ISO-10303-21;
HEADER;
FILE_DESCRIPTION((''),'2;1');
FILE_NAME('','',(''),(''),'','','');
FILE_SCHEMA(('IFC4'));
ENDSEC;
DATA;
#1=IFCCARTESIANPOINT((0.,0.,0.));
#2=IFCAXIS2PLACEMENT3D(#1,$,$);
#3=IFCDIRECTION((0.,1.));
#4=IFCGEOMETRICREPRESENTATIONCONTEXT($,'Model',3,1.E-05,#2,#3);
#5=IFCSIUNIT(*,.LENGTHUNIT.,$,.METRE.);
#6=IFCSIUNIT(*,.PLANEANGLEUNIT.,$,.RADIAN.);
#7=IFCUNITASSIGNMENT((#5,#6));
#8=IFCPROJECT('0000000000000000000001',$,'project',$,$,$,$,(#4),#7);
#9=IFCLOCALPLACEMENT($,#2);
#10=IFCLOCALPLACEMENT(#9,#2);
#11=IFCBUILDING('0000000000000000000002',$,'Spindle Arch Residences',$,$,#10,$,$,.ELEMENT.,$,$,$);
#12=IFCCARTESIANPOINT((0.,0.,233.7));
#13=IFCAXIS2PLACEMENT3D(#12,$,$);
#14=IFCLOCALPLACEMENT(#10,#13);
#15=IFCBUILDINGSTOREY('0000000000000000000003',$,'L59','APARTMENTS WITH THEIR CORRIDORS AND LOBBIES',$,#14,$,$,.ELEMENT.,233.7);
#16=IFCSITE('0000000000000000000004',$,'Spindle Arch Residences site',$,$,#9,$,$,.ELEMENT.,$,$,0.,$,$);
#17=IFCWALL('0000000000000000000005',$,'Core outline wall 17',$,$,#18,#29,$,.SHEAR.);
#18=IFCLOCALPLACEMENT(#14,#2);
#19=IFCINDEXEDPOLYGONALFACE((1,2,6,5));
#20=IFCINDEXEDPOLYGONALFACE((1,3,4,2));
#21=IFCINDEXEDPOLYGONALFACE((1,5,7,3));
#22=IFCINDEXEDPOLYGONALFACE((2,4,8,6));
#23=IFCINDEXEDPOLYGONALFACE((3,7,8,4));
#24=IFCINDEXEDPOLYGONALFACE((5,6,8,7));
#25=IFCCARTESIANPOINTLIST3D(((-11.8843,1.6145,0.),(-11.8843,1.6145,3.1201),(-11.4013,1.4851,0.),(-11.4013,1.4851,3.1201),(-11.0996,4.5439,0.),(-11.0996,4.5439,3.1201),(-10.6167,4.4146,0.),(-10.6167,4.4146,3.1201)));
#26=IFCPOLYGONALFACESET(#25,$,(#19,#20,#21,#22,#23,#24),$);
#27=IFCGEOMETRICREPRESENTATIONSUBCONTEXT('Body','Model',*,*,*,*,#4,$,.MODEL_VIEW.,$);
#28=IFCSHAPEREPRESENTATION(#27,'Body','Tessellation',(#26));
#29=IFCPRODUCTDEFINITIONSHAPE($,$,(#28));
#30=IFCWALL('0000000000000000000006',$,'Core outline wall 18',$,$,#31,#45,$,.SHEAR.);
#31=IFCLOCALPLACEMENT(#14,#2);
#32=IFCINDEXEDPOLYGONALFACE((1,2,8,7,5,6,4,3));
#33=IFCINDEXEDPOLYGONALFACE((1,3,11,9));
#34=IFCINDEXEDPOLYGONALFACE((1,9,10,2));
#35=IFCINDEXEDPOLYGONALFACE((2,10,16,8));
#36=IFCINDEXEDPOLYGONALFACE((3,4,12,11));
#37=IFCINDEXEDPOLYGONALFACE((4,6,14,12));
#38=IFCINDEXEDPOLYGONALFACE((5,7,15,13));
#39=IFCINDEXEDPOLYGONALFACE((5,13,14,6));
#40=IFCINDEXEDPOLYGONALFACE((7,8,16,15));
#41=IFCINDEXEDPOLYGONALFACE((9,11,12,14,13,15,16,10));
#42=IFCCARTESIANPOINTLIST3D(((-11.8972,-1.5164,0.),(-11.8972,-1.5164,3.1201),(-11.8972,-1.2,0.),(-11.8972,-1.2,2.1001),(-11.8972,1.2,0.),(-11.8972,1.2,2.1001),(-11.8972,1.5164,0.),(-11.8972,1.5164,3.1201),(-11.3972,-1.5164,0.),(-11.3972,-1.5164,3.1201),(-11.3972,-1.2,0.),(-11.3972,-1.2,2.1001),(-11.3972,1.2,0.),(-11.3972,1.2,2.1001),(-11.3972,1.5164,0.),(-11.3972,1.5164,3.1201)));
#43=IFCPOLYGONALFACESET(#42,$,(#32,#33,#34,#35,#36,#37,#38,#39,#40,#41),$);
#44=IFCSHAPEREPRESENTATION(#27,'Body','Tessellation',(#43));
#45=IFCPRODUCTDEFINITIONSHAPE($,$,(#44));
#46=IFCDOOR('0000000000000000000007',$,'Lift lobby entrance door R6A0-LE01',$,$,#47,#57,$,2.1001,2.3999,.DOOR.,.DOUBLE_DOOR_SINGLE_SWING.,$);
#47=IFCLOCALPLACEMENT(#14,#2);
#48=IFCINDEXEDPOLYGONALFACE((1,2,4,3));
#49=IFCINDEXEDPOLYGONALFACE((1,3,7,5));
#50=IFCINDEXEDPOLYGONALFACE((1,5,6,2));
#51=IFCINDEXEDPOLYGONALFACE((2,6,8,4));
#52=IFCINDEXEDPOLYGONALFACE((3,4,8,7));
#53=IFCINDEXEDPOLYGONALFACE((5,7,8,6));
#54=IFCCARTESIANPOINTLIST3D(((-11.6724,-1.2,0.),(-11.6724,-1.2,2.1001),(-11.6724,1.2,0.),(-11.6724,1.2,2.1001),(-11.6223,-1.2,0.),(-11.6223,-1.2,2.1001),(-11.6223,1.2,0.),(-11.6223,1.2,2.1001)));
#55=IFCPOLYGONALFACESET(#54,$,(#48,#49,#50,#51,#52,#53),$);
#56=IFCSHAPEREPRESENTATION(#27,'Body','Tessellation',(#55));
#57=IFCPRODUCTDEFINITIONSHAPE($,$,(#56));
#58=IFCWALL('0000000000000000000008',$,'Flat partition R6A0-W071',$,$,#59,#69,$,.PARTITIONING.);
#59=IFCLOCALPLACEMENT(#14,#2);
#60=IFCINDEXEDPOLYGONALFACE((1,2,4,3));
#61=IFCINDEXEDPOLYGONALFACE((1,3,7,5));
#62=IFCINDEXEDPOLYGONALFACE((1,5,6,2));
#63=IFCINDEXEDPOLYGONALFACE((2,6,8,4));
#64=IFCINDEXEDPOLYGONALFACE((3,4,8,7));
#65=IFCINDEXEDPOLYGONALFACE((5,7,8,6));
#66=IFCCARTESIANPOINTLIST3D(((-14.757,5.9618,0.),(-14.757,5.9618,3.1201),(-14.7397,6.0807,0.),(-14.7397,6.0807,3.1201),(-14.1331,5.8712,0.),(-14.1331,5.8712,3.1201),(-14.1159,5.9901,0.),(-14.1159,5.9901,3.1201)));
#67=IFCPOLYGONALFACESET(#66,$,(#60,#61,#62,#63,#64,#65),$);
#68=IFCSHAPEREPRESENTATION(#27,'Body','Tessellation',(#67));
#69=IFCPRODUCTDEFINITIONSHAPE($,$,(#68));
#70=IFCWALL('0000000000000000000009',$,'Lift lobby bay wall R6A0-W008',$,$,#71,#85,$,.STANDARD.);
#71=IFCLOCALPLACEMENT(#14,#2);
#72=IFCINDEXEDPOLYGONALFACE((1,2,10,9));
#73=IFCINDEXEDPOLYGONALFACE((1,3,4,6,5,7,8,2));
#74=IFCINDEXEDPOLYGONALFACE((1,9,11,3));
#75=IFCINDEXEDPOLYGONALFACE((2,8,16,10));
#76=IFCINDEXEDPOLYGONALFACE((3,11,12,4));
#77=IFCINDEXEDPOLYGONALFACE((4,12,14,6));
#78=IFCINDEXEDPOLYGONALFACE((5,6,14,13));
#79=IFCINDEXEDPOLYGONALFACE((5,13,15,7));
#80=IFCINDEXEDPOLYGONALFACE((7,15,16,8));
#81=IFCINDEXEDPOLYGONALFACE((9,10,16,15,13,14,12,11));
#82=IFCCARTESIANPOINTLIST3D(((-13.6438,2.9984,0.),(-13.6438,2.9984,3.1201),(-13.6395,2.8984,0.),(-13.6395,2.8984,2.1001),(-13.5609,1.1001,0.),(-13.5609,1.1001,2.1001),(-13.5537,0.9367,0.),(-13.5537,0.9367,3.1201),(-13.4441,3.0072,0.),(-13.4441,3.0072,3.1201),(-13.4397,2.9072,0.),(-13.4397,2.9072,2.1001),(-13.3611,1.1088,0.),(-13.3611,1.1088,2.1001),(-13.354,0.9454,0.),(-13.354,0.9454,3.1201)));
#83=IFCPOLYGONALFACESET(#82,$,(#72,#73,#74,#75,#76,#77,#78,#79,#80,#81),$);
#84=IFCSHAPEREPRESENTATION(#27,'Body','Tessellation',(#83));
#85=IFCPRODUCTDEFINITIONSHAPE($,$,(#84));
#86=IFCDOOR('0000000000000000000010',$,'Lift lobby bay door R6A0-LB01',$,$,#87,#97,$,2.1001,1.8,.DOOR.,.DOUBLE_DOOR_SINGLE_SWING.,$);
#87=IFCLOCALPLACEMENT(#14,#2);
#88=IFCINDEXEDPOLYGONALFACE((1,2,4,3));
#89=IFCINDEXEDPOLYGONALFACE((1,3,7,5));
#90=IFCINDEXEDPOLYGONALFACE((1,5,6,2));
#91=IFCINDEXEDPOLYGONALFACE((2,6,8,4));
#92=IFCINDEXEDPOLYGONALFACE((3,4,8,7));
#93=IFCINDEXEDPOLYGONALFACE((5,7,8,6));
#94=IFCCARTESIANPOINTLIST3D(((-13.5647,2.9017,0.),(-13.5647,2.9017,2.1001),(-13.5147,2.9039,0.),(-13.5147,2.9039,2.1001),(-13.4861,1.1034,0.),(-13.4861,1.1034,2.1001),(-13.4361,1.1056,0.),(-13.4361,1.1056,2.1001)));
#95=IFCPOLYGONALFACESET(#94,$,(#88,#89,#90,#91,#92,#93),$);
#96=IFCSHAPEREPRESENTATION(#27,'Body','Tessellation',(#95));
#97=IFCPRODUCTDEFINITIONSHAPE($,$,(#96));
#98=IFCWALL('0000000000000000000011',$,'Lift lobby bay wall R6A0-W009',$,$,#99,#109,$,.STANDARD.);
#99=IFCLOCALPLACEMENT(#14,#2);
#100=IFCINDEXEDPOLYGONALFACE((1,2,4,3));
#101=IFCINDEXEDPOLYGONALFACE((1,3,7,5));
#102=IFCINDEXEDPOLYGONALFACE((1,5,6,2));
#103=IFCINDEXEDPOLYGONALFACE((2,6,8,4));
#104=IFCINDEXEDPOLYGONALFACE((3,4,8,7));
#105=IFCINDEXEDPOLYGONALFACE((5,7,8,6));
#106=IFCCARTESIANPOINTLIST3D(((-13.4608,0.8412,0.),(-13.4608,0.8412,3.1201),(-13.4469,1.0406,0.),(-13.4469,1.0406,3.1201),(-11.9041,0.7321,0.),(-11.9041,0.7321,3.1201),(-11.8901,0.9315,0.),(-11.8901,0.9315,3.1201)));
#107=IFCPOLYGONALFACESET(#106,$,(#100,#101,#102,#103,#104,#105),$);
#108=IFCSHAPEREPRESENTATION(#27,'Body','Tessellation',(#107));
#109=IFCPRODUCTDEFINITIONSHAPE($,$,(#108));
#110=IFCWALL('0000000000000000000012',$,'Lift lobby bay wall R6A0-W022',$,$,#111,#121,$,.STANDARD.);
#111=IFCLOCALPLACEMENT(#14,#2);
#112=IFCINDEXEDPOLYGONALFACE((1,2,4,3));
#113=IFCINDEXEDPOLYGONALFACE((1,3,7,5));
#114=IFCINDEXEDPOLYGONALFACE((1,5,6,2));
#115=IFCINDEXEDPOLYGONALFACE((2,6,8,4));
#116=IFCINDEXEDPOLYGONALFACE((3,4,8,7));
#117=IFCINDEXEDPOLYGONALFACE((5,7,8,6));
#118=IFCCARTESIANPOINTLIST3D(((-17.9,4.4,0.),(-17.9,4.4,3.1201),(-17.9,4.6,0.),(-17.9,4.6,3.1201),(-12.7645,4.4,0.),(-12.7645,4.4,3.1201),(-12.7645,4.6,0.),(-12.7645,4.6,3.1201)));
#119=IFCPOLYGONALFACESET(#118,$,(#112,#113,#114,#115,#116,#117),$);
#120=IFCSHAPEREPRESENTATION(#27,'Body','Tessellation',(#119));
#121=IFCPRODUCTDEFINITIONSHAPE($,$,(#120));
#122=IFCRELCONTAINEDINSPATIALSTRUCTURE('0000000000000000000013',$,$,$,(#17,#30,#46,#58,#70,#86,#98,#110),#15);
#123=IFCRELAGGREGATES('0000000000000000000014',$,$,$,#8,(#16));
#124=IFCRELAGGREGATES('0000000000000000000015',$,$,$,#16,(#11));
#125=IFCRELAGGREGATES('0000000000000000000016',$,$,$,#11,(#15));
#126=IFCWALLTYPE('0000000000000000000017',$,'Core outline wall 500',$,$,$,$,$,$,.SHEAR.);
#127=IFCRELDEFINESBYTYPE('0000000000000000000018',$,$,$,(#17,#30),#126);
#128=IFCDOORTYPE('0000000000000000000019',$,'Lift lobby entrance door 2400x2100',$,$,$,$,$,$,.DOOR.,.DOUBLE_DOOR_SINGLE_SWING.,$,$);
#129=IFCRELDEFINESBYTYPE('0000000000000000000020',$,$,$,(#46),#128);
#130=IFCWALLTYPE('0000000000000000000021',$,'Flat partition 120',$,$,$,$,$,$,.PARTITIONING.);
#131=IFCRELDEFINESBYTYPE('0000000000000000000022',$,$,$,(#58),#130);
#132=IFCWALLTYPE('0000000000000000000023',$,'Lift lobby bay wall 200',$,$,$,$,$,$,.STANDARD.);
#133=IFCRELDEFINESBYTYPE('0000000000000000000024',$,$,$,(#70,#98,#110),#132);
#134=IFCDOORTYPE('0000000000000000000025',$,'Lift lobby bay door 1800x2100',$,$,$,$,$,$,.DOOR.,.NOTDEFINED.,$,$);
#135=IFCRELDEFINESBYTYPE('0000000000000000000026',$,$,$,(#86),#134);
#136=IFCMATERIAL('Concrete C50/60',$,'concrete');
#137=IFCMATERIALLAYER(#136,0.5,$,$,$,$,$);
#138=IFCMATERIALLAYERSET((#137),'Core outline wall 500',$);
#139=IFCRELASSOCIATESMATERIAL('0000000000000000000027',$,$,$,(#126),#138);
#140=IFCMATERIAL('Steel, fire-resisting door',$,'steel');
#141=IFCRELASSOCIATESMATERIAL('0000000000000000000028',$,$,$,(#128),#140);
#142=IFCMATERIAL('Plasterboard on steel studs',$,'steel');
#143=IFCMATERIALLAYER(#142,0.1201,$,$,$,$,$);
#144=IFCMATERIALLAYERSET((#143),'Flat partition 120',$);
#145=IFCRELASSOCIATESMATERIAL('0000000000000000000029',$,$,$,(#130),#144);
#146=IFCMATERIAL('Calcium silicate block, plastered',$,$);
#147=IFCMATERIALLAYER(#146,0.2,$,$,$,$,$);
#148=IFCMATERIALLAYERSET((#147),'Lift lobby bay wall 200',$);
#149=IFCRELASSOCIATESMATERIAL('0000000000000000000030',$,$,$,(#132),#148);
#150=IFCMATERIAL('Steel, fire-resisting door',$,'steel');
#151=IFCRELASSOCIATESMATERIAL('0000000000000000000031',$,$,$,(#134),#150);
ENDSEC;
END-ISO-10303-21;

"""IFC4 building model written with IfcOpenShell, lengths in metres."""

from ifc_helpers import new_model, si_unit, direction, frame, frame_2d, origin, place, context, subcontext, project, spatial, rectangle, extrude, material, layer, layer_set, type_object, element, fill, save


model = new_model("IFC4")

# Units and contexts
model_context = context("Model", 3, precision=1e-05, world=origin(), true_north=direction((0.0, 1.0)))
body_context = subcontext(model_context, "Body", "Model", "MODEL_VIEW")
ifc_project = project(units=[si_unit("LENGTHUNIT", "METRE"), si_unit("PLANEANGLEUNIT", "RADIAN")], contexts=[model_context])

# Site, building, storey
site_placement = place(None, origin())
site = spatial("IfcSite", under=ifc_project, at=site_placement, Name="Spindle Arch Residences site", CompositionType="ELEMENT", RefElevation=0.0)
building_placement = place(site_placement, origin())
building = spatial("IfcBuilding", under=site, at=building_placement, Name="Spindle Arch Residences", CompositionType="ELEMENT")
storey_placement = place(building_placement, frame((0.0, 0.0, 233.7)))
storey = spatial("IfcBuildingStorey", under=building, at=storey_placement, Name="L59", Description="APARTMENTS WITH THEIR CORRIDORS AND LOBBIES", CompositionType="ELEMENT", Elevation=233.7)

# Wall
ifc_material_1 = material(Name="Concrete C50/60", Category="concrete")
ifc_layer_1 = layer(ifc_material_1, 0.5)
ifc_layer_set_1 = layer_set([ifc_layer_1], Name="Core outline wall 500")
wall_type_1 = type_object("IfcWallType", Name="Core outline wall 500", PredefinedType="SHEAR", material=ifc_layer_set_1)
wall_1_placement = place(storey_placement, frame((-10.8582, 4.4792, 0.0), z_axis=(0.0, 0.0, 1.0), x_axis=(-0.258735, -0.965948, 0.0)))
element("IfcWall", 1, at=wall_1_placement, inside=storey, type_object=wall_type_1, Name="Core outline wall 17", PredefinedType="SHEAR", context=body_context, shape_type="SweptSolid", body=[
    extrude(rectangle(XDim=3.0327, YDim=0.5, at=frame_2d((1.5164, 0.0))), origin(), (0.0, 0.0, 1.0), 3.1201),
])

# Wall, opening, door
wall_2_placement = place(storey_placement, frame((-11.6472, 1.5164, 0.0), z_axis=(0.0, 0.0, 1.0), x_axis=(0.0, -1.0, 0.0)))
wall_2 = element("IfcWall", 2, at=wall_2_placement, inside=storey, type_object=wall_type_1, Name="Core outline wall 18", PredefinedType="SHEAR", context=body_context, shape_type="SweptSolid", body=[
    extrude(rectangle(XDim=3.0327, YDim=0.5, at=frame_2d((1.5164, 0.0))), origin(), (0.0, 0.0, 1.0), 3.1201),
])
opening_1_placement = place(wall_2_placement, frame((0.3164, 0.0, 0.0)))
opening_1 = element("IfcOpeningElement", 3, at=opening_1_placement, cuts=wall_2, PredefinedType="OPENING", context=body_context, shape_type="SweptSolid", body=[
    extrude(rectangle(XDim=2.3999, YDim=2.1001, at=frame_2d((1.2, 1.05))), frame((0.0, 0.26, 0.0), z_axis=(0.0, -1.0, 0.0), x_axis=(1.0, 0.0, 0.0)), (0.0, 0.0, 1.0), 0.52),
])
ifc_material_2 = material(Name="Steel, fire-resisting door", Category="steel")
door_type_1 = type_object("IfcDoorType", Name="Lift lobby entrance door 2400x2100", OperationType="DOUBLE_DOOR_SINGLE_SWING", PredefinedType="DOOR", material=ifc_material_2)
door_1_placement = place(opening_1_placement, origin())
door_1 = element("IfcDoor", 4, at=door_1_placement, inside=storey, type_object=door_type_1, Name="Lift lobby entrance door R6A0-LE01", OperationType="DOUBLE_DOOR_SINGLE_SWING", OverallHeight=2.1001, OverallWidth=2.3999, PredefinedType="DOOR", context=body_context, shape_type="SweptSolid", body=[
    extrude(rectangle(XDim=2.3999, YDim=2.1001, at=frame_2d((1.2, 1.05))), frame((0.0, 0.0249, 0.0), z_axis=(0.0, -1.0, 0.0), x_axis=(1.0, 0.0, 0.0)), (0.0, 0.0, 1.0), 0.05),
])
fill(opening_1, door_1)

# Wall
ifc_material_3 = material(Name="Plasterboard on steel studs", Category="steel")
ifc_layer_2 = layer(ifc_material_3, 0.1201)
ifc_layer_set_2 = layer_set([ifc_layer_2], Name="Flat partition 120")
wall_type_2 = type_object("IfcWallType", Name="Flat partition 120", PredefinedType="PARTITIONING", material=ifc_layer_set_2)
wall_3_placement = place(storey_placement, frame((-14.1245, 5.9307, 0.0), z_axis=(0.0, 0.0, 1.0), x_axis=(-0.989622, 0.143698, 0.0)))
element("IfcWall", 5, at=wall_3_placement, inside=storey, type_object=wall_type_2, Name="Flat partition R6A0-W071", PredefinedType="PARTITIONING", context=body_context, shape_type="SweptSolid", body=[
    extrude(rectangle(XDim=0.6304, YDim=0.1201, at=frame_2d((0.3152, 0.0))), origin(), (0.0, 0.0, 1.0), 3.1201),
])

# Wall, opening, door
ifc_material_4 = material(Name="Calcium silicate block, plastered")
ifc_layer_3 = layer(ifc_material_4, 0.2)
ifc_layer_set_3 = layer_set([ifc_layer_3], Name="Lift lobby bay wall 200")
wall_type_3 = type_object("IfcWallType", Name="Lift lobby bay wall 200", PredefinedType="STANDARD", material=ifc_layer_set_3)
wall_4_placement = place(storey_placement, frame((-13.5439, 3.0027, 0.0), z_axis=(0.0, 0.0, 1.0), x_axis=(0.043653, -0.999047, 0.0)))
wall_4 = element("IfcWall", 6, at=wall_4_placement, inside=storey, type_object=wall_type_3, Name="Lift lobby bay wall R6A0-W008", PredefinedType="STANDARD", context=body_context, shape_type="SweptSolid", body=[
    extrude(rectangle(XDim=2.0637, YDim=0.2, at=frame_2d((1.0317, 0.0))), origin(), (0.0, 0.0, 1.0), 3.1201),
])
opening_2_placement = place(wall_4_placement, frame((0.1001, 0.0, 0.0)))
opening_2 = element("IfcOpeningElement", 7, at=opening_2_placement, cuts=wall_4, PredefinedType="OPENING", context=body_context, shape_type="SweptSolid", body=[
    extrude(rectangle(XDim=1.8, YDim=2.1001, at=frame_2d((0.8999, 1.05))), frame((0.0, 0.1099, 0.0), z_axis=(0.0, -1.0, 0.0), x_axis=(1.0, 0.0, 0.0)), (0.0, 0.0, 1.0), 0.22),
])
ifc_material_5 = material(Name="Steel, fire-resisting door", Category="steel")
door_type_2 = type_object("IfcDoorType", Name="Lift lobby bay door 1800x2100", OperationType="NOTDEFINED", PredefinedType="DOOR", material=ifc_material_5)
door_2_placement = place(opening_2_placement, origin())
door_2 = element("IfcDoor", 8, at=door_2_placement, inside=storey, type_object=door_type_2, Name="Lift lobby bay door R6A0-LB01", OperationType="DOUBLE_DOOR_SINGLE_SWING", OverallHeight=2.1001, OverallWidth=1.8, PredefinedType="DOOR", context=body_context, shape_type="SweptSolid", body=[
    extrude(rectangle(XDim=1.8, YDim=2.1001, at=frame_2d((0.8999, 1.05))), frame((0.0, 0.0249, 0.0), z_axis=(0.0, -1.0, 0.0), x_axis=(1.0, 0.0, 0.0)), (0.0, 0.0, 1.0), 0.05),
])
fill(opening_2, door_2)

# Walls
wall_5_placement = place(storey_placement, frame((-13.4539, 0.9409, 0.0), z_axis=(0.0, 0.0, 1.0), x_axis=(0.997552, -0.069935, 0.0)))
element("IfcWall", 9, at=wall_5_placement, inside=storey, type_object=wall_type_3, Name="Lift lobby bay wall R6A0-W009", PredefinedType="STANDARD", context=body_context, shape_type="SweptSolid", body=[
    extrude(rectangle(XDim=1.5605, YDim=0.2, at=frame_2d((0.7803, 0.0))), origin(), (0.0, 0.0, 1.0), 3.1201),
])
wall_6_placement = place(storey_placement, frame((-12.7644, 4.5, 0.0), z_axis=(0.0, 0.0, 1.0), x_axis=(-1.0, 0.0, 0.0)))
element("IfcWall", 10, at=wall_6_placement, inside=storey, type_object=wall_type_3, Name="Lift lobby bay wall R6A0-W022", PredefinedType="STANDARD", context=body_context, shape_type="SweptSolid", body=[
    extrude(rectangle(XDim=5.1355, YDim=0.2, at=frame_2d((2.5679, 0.0))), origin(), (0.0, 0.0, 1.0), 3.1201),
])

save(model, "model.ifc")
